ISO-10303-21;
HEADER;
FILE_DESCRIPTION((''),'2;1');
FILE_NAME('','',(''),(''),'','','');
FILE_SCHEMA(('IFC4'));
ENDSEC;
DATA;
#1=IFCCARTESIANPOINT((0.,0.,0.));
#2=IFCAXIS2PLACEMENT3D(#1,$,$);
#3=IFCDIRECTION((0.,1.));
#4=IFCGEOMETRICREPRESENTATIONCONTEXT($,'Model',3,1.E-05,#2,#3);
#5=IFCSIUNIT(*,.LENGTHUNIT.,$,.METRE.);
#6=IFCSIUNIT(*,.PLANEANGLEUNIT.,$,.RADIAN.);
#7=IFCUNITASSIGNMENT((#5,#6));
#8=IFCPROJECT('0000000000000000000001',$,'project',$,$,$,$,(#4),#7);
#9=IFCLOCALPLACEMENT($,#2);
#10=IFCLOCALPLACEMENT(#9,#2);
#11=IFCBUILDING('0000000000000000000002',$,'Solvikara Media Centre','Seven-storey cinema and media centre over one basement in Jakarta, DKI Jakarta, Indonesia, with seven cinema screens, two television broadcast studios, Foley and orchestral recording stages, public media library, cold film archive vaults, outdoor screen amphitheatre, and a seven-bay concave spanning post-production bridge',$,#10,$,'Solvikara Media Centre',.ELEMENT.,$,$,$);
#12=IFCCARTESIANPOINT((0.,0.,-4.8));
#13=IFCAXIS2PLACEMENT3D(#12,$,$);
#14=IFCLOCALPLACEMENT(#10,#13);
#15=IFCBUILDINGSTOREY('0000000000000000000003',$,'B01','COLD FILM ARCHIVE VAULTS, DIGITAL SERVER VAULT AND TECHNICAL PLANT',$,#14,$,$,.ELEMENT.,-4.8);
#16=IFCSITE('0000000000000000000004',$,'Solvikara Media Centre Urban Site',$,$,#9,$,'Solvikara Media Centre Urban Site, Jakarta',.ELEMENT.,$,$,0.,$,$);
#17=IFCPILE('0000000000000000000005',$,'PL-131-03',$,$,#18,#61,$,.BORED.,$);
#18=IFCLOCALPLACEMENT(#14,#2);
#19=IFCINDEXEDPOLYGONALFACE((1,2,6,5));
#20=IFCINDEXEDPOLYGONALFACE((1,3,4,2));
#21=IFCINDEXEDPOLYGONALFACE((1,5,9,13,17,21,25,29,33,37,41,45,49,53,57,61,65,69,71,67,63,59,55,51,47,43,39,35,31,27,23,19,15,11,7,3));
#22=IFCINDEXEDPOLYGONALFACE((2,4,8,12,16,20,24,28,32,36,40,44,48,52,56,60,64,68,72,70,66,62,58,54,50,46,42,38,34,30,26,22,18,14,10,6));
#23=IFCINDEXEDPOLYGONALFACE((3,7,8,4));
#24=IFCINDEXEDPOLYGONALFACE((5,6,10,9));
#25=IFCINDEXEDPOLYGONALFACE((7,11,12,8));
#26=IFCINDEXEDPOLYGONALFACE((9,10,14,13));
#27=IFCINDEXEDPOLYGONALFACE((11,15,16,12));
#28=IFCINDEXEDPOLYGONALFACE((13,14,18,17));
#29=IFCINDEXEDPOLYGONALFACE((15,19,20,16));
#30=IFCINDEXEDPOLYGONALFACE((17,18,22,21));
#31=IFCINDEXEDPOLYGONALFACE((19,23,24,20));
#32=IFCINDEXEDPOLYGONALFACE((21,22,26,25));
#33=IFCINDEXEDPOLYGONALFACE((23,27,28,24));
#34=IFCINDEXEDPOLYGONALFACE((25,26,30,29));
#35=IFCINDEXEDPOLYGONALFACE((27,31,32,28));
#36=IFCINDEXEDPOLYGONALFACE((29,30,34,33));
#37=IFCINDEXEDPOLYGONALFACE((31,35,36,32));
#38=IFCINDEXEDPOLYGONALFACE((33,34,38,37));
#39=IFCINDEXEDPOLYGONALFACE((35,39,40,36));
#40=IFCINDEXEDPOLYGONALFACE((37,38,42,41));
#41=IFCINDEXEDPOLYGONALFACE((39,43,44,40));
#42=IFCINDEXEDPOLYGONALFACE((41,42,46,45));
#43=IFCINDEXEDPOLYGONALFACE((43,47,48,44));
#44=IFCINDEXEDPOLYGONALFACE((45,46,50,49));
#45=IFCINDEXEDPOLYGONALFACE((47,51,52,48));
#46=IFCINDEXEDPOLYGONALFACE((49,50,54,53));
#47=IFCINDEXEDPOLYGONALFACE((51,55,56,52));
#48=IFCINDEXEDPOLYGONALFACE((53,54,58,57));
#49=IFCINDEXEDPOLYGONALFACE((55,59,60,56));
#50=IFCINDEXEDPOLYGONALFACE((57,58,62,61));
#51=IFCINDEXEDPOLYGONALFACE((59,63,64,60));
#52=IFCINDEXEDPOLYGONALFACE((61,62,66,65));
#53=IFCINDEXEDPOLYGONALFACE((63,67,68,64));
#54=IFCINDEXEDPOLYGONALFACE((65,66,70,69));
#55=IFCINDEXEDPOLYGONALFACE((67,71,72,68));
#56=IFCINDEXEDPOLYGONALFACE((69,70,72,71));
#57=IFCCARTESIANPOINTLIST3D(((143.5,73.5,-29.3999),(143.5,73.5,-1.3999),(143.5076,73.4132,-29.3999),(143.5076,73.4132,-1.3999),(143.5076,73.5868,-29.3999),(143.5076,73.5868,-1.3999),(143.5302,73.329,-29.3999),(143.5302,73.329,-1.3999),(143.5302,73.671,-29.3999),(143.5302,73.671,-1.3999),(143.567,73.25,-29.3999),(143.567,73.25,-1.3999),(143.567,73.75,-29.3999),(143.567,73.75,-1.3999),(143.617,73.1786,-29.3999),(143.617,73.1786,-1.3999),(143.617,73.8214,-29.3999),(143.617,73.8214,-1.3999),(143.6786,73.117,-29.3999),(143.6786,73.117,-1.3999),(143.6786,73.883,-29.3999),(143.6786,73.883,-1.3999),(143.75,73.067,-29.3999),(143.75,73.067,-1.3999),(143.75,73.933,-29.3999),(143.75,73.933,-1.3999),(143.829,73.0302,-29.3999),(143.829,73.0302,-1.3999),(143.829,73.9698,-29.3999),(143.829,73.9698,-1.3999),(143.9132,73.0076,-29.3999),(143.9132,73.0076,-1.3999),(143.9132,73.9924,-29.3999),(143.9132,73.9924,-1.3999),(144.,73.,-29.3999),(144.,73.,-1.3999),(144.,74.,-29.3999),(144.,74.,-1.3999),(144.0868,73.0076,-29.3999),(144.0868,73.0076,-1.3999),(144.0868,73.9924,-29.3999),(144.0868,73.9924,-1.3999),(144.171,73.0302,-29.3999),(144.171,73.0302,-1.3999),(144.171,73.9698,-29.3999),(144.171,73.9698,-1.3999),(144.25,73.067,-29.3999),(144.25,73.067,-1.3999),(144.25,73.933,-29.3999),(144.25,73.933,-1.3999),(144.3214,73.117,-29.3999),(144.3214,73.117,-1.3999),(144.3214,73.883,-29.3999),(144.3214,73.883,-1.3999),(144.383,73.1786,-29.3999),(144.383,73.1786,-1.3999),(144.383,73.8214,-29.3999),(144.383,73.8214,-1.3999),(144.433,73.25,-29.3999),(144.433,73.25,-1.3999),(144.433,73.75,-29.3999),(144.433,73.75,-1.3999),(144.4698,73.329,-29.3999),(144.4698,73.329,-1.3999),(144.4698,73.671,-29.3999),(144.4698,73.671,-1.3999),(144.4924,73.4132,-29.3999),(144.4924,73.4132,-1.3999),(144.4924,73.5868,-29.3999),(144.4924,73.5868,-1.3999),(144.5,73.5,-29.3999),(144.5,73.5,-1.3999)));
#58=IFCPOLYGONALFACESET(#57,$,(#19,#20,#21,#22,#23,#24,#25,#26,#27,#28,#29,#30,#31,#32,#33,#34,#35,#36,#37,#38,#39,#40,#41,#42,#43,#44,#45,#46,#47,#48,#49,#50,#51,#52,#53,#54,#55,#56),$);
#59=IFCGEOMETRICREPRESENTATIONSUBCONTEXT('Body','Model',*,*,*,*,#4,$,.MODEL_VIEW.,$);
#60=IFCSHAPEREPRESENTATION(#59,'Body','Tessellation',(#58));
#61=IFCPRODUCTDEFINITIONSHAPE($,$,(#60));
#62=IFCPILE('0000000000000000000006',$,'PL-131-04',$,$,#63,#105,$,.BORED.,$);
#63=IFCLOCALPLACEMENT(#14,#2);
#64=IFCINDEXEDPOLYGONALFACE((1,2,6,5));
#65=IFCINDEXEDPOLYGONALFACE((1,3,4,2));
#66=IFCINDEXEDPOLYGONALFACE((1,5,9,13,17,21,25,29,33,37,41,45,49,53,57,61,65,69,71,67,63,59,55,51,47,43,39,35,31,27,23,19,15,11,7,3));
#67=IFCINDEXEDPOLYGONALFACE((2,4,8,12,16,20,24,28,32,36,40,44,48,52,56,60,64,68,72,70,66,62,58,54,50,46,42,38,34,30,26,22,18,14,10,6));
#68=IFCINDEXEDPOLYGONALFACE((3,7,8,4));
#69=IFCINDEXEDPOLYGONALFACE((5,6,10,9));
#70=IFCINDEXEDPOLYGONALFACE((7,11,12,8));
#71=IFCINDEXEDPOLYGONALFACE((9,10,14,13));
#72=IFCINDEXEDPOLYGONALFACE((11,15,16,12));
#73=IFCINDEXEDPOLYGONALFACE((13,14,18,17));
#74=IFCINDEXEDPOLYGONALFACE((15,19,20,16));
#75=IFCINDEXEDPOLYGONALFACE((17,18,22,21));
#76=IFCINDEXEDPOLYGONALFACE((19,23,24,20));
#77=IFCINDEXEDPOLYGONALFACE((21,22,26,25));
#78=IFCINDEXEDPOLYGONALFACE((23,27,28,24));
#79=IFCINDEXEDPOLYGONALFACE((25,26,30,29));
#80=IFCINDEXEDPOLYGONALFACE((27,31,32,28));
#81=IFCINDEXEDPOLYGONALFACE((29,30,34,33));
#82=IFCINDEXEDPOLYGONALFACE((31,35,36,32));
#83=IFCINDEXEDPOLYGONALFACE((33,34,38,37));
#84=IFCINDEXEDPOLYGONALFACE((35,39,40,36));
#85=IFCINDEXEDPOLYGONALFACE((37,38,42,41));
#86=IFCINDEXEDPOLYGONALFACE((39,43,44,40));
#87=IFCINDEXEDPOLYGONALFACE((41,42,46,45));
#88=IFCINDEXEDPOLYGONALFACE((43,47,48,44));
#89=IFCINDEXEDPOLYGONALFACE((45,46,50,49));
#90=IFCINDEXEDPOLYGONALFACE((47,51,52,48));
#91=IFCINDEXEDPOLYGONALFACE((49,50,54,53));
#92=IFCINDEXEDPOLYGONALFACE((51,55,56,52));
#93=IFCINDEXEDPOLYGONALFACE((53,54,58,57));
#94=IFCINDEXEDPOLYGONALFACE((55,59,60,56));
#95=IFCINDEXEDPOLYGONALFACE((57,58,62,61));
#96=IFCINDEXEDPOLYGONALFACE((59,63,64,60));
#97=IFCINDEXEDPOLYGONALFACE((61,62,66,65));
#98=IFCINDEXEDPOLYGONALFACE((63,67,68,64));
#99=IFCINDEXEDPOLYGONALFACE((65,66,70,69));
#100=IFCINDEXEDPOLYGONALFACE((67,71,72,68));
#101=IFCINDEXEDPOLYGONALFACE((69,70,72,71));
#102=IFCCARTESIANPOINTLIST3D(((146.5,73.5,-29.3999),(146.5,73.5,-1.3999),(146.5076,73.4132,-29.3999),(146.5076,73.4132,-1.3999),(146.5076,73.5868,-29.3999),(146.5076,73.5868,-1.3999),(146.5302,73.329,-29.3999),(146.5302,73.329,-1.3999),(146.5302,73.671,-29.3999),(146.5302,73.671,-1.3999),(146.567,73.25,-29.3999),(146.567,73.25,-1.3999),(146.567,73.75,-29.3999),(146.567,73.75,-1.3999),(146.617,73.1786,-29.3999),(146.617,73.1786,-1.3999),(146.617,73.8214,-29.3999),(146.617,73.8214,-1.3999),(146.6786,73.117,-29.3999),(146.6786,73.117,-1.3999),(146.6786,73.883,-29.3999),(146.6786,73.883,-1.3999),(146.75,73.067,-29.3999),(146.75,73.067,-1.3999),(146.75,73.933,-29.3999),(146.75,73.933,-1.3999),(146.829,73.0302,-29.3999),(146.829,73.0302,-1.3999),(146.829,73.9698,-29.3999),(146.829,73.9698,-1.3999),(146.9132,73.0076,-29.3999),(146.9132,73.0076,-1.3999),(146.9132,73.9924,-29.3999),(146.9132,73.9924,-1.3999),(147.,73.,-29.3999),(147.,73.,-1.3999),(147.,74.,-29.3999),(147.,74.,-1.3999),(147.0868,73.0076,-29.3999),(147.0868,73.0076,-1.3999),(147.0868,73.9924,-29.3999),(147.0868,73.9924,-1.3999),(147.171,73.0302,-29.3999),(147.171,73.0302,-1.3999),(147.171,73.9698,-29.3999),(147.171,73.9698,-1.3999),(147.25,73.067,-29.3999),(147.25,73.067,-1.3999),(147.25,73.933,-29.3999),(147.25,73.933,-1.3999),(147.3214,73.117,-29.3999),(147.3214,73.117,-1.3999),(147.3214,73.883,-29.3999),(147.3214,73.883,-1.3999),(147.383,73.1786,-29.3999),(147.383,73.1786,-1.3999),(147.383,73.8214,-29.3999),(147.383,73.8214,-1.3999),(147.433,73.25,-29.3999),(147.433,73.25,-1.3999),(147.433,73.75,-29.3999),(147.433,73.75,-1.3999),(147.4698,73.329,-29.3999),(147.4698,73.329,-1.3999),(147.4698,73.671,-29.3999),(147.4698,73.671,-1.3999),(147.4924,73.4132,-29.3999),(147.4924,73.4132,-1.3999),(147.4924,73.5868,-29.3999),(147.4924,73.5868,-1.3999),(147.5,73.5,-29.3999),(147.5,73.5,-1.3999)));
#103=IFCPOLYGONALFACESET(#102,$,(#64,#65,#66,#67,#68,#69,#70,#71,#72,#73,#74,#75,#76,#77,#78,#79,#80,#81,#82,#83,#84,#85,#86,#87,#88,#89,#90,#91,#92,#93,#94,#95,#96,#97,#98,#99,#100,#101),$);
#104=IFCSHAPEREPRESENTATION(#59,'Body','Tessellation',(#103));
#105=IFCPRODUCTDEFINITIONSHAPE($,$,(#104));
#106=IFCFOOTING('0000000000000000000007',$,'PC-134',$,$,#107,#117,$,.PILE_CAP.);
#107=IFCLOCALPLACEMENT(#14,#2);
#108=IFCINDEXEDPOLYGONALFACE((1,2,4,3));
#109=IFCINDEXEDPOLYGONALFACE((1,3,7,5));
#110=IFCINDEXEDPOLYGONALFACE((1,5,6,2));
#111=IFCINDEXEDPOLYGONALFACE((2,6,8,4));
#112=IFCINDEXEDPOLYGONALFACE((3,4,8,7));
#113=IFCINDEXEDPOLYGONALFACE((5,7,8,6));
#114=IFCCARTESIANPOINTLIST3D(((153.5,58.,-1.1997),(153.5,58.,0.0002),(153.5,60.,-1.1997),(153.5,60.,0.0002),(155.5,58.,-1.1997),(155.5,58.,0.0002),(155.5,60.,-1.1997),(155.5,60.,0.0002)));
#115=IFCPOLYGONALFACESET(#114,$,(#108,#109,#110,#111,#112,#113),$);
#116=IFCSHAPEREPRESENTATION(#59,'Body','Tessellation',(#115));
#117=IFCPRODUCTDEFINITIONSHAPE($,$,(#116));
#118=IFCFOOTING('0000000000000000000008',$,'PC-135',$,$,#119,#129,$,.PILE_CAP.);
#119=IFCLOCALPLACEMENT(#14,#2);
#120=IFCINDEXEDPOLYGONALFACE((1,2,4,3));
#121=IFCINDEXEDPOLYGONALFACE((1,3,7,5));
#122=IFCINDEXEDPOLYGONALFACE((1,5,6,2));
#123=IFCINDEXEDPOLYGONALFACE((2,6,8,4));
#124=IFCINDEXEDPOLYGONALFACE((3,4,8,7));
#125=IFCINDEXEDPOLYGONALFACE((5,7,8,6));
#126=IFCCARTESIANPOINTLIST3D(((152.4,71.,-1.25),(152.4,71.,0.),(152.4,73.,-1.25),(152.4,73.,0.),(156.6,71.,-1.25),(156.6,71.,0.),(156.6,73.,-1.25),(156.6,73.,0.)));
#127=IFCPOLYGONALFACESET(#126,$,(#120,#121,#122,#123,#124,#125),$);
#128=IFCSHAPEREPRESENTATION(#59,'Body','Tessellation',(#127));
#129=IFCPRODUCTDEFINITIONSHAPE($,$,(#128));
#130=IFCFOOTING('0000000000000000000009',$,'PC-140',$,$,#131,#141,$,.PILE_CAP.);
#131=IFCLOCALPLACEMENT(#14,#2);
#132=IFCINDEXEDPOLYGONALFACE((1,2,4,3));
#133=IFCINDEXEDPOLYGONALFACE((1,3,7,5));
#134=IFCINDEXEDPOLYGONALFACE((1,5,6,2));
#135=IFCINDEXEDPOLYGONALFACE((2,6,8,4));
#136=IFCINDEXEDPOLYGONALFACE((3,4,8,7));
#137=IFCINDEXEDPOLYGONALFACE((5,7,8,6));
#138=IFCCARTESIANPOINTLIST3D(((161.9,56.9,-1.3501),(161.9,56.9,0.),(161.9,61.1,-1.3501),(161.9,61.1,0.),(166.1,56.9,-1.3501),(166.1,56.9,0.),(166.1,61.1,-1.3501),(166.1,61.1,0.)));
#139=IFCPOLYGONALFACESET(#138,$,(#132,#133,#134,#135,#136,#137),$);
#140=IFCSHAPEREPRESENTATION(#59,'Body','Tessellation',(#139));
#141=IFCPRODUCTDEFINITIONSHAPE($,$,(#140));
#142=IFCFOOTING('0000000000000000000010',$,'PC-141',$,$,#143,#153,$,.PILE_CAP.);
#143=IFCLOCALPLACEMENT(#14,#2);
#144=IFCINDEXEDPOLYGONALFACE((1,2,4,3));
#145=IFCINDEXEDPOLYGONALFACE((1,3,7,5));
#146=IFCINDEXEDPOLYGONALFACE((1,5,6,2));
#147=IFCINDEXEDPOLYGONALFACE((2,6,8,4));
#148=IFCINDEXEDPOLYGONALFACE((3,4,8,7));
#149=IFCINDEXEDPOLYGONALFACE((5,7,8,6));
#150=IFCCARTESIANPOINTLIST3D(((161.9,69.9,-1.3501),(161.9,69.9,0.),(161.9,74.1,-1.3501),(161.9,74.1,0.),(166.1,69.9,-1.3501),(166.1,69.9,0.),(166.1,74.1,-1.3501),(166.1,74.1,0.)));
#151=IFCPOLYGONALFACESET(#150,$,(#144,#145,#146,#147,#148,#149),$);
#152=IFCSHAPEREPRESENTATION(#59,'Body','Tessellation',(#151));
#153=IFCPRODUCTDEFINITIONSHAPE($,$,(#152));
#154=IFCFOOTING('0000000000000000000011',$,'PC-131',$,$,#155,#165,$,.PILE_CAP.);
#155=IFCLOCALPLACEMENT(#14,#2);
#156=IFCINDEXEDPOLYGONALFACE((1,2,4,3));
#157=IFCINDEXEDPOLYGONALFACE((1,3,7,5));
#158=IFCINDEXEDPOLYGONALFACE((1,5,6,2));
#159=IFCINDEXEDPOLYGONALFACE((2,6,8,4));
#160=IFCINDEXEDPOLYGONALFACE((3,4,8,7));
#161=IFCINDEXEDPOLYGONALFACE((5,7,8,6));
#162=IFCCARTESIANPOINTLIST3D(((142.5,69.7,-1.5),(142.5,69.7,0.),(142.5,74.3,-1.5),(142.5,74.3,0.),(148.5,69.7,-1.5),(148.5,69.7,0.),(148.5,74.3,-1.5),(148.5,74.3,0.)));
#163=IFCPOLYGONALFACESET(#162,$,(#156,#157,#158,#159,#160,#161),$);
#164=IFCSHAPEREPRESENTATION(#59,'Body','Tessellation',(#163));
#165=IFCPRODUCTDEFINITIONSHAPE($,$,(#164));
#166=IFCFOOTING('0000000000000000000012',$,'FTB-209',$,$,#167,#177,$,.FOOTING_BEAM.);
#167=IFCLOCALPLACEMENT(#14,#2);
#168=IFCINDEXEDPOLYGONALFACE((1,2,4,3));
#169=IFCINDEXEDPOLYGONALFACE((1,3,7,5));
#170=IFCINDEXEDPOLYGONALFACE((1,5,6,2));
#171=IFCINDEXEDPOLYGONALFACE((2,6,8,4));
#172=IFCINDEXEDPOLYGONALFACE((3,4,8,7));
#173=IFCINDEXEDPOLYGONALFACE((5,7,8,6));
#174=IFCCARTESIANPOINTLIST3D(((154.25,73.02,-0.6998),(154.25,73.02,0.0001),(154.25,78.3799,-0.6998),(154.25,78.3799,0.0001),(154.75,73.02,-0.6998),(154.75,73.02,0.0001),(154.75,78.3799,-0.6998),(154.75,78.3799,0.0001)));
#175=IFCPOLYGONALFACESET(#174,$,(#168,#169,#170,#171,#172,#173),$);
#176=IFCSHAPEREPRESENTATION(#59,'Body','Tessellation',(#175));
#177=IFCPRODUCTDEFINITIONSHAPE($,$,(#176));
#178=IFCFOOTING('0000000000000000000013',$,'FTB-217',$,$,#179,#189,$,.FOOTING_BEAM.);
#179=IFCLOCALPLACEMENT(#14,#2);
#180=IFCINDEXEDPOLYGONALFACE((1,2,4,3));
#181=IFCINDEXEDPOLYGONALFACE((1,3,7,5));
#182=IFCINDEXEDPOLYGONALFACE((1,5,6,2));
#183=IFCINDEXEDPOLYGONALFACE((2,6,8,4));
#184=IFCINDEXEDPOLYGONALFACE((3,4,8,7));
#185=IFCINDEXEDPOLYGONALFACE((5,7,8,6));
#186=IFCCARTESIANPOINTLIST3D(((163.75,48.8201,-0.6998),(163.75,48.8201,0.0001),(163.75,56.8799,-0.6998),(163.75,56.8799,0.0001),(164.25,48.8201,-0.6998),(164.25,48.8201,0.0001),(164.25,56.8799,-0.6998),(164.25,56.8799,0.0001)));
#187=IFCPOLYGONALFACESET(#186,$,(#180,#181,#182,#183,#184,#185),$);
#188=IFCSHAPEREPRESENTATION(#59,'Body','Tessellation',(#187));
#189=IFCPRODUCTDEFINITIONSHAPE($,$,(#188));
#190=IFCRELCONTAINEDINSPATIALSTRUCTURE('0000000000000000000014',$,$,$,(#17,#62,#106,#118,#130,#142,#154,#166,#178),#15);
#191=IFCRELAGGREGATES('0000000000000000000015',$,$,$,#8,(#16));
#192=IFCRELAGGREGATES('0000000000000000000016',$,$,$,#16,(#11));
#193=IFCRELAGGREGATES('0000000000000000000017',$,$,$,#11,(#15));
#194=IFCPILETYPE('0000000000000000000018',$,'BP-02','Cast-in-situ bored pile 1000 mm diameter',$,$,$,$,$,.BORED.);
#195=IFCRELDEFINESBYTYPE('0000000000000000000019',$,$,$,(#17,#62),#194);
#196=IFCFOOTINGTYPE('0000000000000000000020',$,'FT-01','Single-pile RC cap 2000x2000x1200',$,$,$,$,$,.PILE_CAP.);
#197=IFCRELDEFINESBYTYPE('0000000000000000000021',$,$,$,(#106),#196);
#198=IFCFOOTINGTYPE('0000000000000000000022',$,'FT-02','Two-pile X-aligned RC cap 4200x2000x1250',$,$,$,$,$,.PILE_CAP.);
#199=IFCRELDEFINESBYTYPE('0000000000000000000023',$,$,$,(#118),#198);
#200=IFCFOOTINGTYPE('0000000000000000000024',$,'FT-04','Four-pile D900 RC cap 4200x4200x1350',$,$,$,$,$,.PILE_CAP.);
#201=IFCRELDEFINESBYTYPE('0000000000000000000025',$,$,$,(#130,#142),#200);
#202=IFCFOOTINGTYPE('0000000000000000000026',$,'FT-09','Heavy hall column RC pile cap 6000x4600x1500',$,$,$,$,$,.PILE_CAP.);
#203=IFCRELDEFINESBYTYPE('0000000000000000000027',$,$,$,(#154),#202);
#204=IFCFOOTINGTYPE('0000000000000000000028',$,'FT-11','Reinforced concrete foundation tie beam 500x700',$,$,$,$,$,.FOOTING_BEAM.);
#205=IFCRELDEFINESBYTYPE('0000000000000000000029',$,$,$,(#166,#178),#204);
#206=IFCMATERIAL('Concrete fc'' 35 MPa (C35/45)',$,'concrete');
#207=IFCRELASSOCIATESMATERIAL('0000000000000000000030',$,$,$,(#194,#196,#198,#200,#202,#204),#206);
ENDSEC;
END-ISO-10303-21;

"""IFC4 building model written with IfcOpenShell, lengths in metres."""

from ifc_helpers import new_model, si_unit, direction, frame, origin, origin_2d, place, context, subcontext, project, spatial, rectangle, circle, extrude, material, material_profile, profile_set, type_object, element, save


model = new_model("IFC4")

# Units and contexts
model_context = context("Model", 3, precision=1e-05, world=origin(), true_north=direction((0.0, 1.0)))
body_context = subcontext(model_context, "Body", "Model", "MODEL_VIEW")
ifc_project = project(units=[si_unit("LENGTHUNIT", "METRE"), si_unit("PLANEANGLEUNIT", "RADIAN")], contexts=[model_context])

# Site, building, storey
site_placement = place(None, origin())
site = spatial("IfcSite", under=ifc_project, at=site_placement, Name="Solvikara Media Centre Urban Site", LongName="Solvikara Media Centre Urban Site, Jakarta", CompositionType="ELEMENT", RefElevation=0.0)
building_placement = place(site_placement, origin())
building = spatial("IfcBuilding", under=site, at=building_placement, Name="Solvikara Media Centre", Description="Seven-storey cinema and media centre over one basement in Jakarta, DKI Jakarta, Indonesia, with seven cinema screens, two television broadcast studios, Foley and orchestral recording stages, public media library, cold film archive vaults, outdoor screen amphitheatre, and a seven-bay concave spanning post-production bridge", LongName="Solvikara Media Centre", CompositionType="ELEMENT")
storey_placement = place(building_placement, frame((0.0, 0.0, -4.8)))
storey = spatial("IfcBuildingStorey", under=building, at=storey_placement, Name="B01", Description="COLD FILM ARCHIVE VAULTS, DIGITAL SERVER VAULT AND TECHNICAL PLANT", CompositionType="ELEMENT", Elevation=-4.8)

# Piles
ifc_material_1 = material(Name="Concrete fc' 35 MPa (C35/45)", Category="concrete")
ifc_material_profile_1 = material_profile(ifc_material_1, circle(Radius=0.5, at=origin_2d()), Name="BORED PILE D1000")
ifc_profile_set_1 = profile_set([ifc_material_profile_1], Name="Concrete fc' 35 MPa (C35/45)")
pile_type_1 = type_object("IfcPileType", Name="BP-02", Description="Cast-in-situ bored pile 1000 mm diameter", PredefinedType="BORED", material=ifc_profile_set_1)
for number, where, z_axis, x_axis, name in (
    (1, (144.0, 73.5, -1.3999), (0.0, 0.0, -1.0), (1.0, 0.0, 0.0), "PL-131-03"),
    (2, (147.0, 73.5, -1.3999), (0.0, 0.0, -1.0), (1.0, 0.0, 0.0), "PL-131-04"),
):
    element("IfcPile", number, at=place(storey_placement, frame(where, z_axis=z_axis, x_axis=x_axis)), inside=storey, type_object=pile_type_1, Name=name, PredefinedType="BORED", context=body_context, shape_type="SweptSolid", body=[
        extrude(circle(Radius=0.5, at=origin_2d()), origin(), (0.0, 0.0, 1.0), 28.0),
    ])

# Footings
footing_type_1 = type_object("IfcFootingType", Name="FT-01", Description="Single-pile RC cap 2000x2000x1200", PredefinedType="PILE_CAP", material=ifc_material_1)
footing_1_placement = place(storey_placement, frame((154.5, 59.0, -1.1997), z_axis=(0.0, 0.0, 1.0), x_axis=(1.0, 0.0, 0.0)))
element("IfcFooting", 3, at=footing_1_placement, inside=storey, type_object=footing_type_1, Name="PC-134", PredefinedType="PILE_CAP", context=body_context, shape_type="SweptSolid", body=[
    extrude(rectangle(XDim=2.0, YDim=2.0, at=origin_2d()), origin(), (0.0, 0.0, 1.0), 1.2),
])
footing_type_2 = type_object("IfcFootingType", Name="FT-02", Description="Two-pile X-aligned RC cap 4200x2000x1250", PredefinedType="PILE_CAP", material=ifc_material_1)
footing_2_placement = place(storey_placement, frame((154.5, 72.0, -1.25), z_axis=(0.0, 0.0, 1.0), x_axis=(1.0, 0.0, 0.0)))
element("IfcFooting", 4, at=footing_2_placement, inside=storey, type_object=footing_type_2, Name="PC-135", PredefinedType="PILE_CAP", context=body_context, shape_type="SweptSolid", body=[
    extrude(rectangle(XDim=4.2, YDim=2.0, at=origin_2d()), origin(), (0.0, 0.0, 1.0), 1.25),
])
footing_type_3 = type_object("IfcFootingType", Name="FT-04", Description="Four-pile D900 RC cap 4200x4200x1350", PredefinedType="PILE_CAP", material=ifc_material_1)
for number, where, z_axis, x_axis, name in (
    (5, (164.0, 59.0, -1.3501), (0.0, 0.0, 1.0), (1.0, 0.0, 0.0), "PC-140"),
    (6, (164.0, 72.0, -1.3501), (0.0, 0.0, 1.0), (1.0, 0.0, 0.0), "PC-141"),
):
    element("IfcFooting", number, at=place(storey_placement, frame(where, z_axis=z_axis, x_axis=x_axis)), inside=storey, type_object=footing_type_3, Name=name, PredefinedType="PILE_CAP", context=body_context, shape_type="SweptSolid", body=[
        extrude(rectangle(XDim=4.2, YDim=4.2, at=origin_2d()), origin(), (0.0, 0.0, 1.0), 1.3501),
    ])
footing_type_4 = type_object("IfcFootingType", Name="FT-09", Description="Heavy hall column RC pile cap 6000x4600x1500", PredefinedType="PILE_CAP", material=ifc_material_1)
footing_3_placement = place(storey_placement, frame((145.5, 72.0, -1.5), z_axis=(0.0, 0.0, 1.0), x_axis=(1.0, 0.0, 0.0)))
element("IfcFooting", 7, at=footing_3_placement, inside=storey, type_object=footing_type_4, Name="PC-131", PredefinedType="PILE_CAP", context=body_context, shape_type="SweptSolid", body=[
    extrude(rectangle(XDim=6.0, YDim=4.6001, at=origin_2d()), origin(), (0.0, 0.0, 1.0), 1.5),
])
ifc_material_profile_2 = material_profile(ifc_material_1, rectangle(XDim=0.5, YDim=0.7, at=origin_2d()), Name="RC 500x700")
ifc_profile_set_2 = profile_set([ifc_material_profile_2], Name="Concrete fc' 35 MPa (C35/45)")
footing_type_5 = type_object("IfcFootingType", Name="FT-11", Description="Reinforced concrete foundation tie beam 500x700", PredefinedType="FOOTING_BEAM", material=ifc_profile_set_2)
footing_4_placement = place(storey_placement, frame((154.5, 73.02, -0.3499), z_axis=(0.0, 1.0, 0.0), x_axis=(-1.0, 0.0, 0.0)))
element("IfcFooting", 8, at=footing_4_placement, inside=storey, type_object=footing_type_5, Name="FTB-209", PredefinedType="FOOTING_BEAM", context=body_context, shape_type="SweptSolid", body=[
    extrude(rectangle(XDim=0.5, YDim=0.7, at=origin_2d()), origin(), (0.0, 0.0, 1.0), 5.3599),
])
footing_5_placement = place(storey_placement, frame((164.0, 48.8201, -0.3499), z_axis=(0.0, 1.0, 0.0), x_axis=(-1.0, 0.0, 0.0)))
element("IfcFooting", 9, at=footing_5_placement, inside=storey, type_object=footing_type_5, Name="FTB-217", PredefinedType="FOOTING_BEAM", context=body_context, shape_type="SweptSolid", body=[
    extrude(rectangle(XDim=0.5, YDim=0.7, at=origin_2d()), origin(), (0.0, 0.0, 1.0), 8.0598),
])

save(model, "model.ifc")
